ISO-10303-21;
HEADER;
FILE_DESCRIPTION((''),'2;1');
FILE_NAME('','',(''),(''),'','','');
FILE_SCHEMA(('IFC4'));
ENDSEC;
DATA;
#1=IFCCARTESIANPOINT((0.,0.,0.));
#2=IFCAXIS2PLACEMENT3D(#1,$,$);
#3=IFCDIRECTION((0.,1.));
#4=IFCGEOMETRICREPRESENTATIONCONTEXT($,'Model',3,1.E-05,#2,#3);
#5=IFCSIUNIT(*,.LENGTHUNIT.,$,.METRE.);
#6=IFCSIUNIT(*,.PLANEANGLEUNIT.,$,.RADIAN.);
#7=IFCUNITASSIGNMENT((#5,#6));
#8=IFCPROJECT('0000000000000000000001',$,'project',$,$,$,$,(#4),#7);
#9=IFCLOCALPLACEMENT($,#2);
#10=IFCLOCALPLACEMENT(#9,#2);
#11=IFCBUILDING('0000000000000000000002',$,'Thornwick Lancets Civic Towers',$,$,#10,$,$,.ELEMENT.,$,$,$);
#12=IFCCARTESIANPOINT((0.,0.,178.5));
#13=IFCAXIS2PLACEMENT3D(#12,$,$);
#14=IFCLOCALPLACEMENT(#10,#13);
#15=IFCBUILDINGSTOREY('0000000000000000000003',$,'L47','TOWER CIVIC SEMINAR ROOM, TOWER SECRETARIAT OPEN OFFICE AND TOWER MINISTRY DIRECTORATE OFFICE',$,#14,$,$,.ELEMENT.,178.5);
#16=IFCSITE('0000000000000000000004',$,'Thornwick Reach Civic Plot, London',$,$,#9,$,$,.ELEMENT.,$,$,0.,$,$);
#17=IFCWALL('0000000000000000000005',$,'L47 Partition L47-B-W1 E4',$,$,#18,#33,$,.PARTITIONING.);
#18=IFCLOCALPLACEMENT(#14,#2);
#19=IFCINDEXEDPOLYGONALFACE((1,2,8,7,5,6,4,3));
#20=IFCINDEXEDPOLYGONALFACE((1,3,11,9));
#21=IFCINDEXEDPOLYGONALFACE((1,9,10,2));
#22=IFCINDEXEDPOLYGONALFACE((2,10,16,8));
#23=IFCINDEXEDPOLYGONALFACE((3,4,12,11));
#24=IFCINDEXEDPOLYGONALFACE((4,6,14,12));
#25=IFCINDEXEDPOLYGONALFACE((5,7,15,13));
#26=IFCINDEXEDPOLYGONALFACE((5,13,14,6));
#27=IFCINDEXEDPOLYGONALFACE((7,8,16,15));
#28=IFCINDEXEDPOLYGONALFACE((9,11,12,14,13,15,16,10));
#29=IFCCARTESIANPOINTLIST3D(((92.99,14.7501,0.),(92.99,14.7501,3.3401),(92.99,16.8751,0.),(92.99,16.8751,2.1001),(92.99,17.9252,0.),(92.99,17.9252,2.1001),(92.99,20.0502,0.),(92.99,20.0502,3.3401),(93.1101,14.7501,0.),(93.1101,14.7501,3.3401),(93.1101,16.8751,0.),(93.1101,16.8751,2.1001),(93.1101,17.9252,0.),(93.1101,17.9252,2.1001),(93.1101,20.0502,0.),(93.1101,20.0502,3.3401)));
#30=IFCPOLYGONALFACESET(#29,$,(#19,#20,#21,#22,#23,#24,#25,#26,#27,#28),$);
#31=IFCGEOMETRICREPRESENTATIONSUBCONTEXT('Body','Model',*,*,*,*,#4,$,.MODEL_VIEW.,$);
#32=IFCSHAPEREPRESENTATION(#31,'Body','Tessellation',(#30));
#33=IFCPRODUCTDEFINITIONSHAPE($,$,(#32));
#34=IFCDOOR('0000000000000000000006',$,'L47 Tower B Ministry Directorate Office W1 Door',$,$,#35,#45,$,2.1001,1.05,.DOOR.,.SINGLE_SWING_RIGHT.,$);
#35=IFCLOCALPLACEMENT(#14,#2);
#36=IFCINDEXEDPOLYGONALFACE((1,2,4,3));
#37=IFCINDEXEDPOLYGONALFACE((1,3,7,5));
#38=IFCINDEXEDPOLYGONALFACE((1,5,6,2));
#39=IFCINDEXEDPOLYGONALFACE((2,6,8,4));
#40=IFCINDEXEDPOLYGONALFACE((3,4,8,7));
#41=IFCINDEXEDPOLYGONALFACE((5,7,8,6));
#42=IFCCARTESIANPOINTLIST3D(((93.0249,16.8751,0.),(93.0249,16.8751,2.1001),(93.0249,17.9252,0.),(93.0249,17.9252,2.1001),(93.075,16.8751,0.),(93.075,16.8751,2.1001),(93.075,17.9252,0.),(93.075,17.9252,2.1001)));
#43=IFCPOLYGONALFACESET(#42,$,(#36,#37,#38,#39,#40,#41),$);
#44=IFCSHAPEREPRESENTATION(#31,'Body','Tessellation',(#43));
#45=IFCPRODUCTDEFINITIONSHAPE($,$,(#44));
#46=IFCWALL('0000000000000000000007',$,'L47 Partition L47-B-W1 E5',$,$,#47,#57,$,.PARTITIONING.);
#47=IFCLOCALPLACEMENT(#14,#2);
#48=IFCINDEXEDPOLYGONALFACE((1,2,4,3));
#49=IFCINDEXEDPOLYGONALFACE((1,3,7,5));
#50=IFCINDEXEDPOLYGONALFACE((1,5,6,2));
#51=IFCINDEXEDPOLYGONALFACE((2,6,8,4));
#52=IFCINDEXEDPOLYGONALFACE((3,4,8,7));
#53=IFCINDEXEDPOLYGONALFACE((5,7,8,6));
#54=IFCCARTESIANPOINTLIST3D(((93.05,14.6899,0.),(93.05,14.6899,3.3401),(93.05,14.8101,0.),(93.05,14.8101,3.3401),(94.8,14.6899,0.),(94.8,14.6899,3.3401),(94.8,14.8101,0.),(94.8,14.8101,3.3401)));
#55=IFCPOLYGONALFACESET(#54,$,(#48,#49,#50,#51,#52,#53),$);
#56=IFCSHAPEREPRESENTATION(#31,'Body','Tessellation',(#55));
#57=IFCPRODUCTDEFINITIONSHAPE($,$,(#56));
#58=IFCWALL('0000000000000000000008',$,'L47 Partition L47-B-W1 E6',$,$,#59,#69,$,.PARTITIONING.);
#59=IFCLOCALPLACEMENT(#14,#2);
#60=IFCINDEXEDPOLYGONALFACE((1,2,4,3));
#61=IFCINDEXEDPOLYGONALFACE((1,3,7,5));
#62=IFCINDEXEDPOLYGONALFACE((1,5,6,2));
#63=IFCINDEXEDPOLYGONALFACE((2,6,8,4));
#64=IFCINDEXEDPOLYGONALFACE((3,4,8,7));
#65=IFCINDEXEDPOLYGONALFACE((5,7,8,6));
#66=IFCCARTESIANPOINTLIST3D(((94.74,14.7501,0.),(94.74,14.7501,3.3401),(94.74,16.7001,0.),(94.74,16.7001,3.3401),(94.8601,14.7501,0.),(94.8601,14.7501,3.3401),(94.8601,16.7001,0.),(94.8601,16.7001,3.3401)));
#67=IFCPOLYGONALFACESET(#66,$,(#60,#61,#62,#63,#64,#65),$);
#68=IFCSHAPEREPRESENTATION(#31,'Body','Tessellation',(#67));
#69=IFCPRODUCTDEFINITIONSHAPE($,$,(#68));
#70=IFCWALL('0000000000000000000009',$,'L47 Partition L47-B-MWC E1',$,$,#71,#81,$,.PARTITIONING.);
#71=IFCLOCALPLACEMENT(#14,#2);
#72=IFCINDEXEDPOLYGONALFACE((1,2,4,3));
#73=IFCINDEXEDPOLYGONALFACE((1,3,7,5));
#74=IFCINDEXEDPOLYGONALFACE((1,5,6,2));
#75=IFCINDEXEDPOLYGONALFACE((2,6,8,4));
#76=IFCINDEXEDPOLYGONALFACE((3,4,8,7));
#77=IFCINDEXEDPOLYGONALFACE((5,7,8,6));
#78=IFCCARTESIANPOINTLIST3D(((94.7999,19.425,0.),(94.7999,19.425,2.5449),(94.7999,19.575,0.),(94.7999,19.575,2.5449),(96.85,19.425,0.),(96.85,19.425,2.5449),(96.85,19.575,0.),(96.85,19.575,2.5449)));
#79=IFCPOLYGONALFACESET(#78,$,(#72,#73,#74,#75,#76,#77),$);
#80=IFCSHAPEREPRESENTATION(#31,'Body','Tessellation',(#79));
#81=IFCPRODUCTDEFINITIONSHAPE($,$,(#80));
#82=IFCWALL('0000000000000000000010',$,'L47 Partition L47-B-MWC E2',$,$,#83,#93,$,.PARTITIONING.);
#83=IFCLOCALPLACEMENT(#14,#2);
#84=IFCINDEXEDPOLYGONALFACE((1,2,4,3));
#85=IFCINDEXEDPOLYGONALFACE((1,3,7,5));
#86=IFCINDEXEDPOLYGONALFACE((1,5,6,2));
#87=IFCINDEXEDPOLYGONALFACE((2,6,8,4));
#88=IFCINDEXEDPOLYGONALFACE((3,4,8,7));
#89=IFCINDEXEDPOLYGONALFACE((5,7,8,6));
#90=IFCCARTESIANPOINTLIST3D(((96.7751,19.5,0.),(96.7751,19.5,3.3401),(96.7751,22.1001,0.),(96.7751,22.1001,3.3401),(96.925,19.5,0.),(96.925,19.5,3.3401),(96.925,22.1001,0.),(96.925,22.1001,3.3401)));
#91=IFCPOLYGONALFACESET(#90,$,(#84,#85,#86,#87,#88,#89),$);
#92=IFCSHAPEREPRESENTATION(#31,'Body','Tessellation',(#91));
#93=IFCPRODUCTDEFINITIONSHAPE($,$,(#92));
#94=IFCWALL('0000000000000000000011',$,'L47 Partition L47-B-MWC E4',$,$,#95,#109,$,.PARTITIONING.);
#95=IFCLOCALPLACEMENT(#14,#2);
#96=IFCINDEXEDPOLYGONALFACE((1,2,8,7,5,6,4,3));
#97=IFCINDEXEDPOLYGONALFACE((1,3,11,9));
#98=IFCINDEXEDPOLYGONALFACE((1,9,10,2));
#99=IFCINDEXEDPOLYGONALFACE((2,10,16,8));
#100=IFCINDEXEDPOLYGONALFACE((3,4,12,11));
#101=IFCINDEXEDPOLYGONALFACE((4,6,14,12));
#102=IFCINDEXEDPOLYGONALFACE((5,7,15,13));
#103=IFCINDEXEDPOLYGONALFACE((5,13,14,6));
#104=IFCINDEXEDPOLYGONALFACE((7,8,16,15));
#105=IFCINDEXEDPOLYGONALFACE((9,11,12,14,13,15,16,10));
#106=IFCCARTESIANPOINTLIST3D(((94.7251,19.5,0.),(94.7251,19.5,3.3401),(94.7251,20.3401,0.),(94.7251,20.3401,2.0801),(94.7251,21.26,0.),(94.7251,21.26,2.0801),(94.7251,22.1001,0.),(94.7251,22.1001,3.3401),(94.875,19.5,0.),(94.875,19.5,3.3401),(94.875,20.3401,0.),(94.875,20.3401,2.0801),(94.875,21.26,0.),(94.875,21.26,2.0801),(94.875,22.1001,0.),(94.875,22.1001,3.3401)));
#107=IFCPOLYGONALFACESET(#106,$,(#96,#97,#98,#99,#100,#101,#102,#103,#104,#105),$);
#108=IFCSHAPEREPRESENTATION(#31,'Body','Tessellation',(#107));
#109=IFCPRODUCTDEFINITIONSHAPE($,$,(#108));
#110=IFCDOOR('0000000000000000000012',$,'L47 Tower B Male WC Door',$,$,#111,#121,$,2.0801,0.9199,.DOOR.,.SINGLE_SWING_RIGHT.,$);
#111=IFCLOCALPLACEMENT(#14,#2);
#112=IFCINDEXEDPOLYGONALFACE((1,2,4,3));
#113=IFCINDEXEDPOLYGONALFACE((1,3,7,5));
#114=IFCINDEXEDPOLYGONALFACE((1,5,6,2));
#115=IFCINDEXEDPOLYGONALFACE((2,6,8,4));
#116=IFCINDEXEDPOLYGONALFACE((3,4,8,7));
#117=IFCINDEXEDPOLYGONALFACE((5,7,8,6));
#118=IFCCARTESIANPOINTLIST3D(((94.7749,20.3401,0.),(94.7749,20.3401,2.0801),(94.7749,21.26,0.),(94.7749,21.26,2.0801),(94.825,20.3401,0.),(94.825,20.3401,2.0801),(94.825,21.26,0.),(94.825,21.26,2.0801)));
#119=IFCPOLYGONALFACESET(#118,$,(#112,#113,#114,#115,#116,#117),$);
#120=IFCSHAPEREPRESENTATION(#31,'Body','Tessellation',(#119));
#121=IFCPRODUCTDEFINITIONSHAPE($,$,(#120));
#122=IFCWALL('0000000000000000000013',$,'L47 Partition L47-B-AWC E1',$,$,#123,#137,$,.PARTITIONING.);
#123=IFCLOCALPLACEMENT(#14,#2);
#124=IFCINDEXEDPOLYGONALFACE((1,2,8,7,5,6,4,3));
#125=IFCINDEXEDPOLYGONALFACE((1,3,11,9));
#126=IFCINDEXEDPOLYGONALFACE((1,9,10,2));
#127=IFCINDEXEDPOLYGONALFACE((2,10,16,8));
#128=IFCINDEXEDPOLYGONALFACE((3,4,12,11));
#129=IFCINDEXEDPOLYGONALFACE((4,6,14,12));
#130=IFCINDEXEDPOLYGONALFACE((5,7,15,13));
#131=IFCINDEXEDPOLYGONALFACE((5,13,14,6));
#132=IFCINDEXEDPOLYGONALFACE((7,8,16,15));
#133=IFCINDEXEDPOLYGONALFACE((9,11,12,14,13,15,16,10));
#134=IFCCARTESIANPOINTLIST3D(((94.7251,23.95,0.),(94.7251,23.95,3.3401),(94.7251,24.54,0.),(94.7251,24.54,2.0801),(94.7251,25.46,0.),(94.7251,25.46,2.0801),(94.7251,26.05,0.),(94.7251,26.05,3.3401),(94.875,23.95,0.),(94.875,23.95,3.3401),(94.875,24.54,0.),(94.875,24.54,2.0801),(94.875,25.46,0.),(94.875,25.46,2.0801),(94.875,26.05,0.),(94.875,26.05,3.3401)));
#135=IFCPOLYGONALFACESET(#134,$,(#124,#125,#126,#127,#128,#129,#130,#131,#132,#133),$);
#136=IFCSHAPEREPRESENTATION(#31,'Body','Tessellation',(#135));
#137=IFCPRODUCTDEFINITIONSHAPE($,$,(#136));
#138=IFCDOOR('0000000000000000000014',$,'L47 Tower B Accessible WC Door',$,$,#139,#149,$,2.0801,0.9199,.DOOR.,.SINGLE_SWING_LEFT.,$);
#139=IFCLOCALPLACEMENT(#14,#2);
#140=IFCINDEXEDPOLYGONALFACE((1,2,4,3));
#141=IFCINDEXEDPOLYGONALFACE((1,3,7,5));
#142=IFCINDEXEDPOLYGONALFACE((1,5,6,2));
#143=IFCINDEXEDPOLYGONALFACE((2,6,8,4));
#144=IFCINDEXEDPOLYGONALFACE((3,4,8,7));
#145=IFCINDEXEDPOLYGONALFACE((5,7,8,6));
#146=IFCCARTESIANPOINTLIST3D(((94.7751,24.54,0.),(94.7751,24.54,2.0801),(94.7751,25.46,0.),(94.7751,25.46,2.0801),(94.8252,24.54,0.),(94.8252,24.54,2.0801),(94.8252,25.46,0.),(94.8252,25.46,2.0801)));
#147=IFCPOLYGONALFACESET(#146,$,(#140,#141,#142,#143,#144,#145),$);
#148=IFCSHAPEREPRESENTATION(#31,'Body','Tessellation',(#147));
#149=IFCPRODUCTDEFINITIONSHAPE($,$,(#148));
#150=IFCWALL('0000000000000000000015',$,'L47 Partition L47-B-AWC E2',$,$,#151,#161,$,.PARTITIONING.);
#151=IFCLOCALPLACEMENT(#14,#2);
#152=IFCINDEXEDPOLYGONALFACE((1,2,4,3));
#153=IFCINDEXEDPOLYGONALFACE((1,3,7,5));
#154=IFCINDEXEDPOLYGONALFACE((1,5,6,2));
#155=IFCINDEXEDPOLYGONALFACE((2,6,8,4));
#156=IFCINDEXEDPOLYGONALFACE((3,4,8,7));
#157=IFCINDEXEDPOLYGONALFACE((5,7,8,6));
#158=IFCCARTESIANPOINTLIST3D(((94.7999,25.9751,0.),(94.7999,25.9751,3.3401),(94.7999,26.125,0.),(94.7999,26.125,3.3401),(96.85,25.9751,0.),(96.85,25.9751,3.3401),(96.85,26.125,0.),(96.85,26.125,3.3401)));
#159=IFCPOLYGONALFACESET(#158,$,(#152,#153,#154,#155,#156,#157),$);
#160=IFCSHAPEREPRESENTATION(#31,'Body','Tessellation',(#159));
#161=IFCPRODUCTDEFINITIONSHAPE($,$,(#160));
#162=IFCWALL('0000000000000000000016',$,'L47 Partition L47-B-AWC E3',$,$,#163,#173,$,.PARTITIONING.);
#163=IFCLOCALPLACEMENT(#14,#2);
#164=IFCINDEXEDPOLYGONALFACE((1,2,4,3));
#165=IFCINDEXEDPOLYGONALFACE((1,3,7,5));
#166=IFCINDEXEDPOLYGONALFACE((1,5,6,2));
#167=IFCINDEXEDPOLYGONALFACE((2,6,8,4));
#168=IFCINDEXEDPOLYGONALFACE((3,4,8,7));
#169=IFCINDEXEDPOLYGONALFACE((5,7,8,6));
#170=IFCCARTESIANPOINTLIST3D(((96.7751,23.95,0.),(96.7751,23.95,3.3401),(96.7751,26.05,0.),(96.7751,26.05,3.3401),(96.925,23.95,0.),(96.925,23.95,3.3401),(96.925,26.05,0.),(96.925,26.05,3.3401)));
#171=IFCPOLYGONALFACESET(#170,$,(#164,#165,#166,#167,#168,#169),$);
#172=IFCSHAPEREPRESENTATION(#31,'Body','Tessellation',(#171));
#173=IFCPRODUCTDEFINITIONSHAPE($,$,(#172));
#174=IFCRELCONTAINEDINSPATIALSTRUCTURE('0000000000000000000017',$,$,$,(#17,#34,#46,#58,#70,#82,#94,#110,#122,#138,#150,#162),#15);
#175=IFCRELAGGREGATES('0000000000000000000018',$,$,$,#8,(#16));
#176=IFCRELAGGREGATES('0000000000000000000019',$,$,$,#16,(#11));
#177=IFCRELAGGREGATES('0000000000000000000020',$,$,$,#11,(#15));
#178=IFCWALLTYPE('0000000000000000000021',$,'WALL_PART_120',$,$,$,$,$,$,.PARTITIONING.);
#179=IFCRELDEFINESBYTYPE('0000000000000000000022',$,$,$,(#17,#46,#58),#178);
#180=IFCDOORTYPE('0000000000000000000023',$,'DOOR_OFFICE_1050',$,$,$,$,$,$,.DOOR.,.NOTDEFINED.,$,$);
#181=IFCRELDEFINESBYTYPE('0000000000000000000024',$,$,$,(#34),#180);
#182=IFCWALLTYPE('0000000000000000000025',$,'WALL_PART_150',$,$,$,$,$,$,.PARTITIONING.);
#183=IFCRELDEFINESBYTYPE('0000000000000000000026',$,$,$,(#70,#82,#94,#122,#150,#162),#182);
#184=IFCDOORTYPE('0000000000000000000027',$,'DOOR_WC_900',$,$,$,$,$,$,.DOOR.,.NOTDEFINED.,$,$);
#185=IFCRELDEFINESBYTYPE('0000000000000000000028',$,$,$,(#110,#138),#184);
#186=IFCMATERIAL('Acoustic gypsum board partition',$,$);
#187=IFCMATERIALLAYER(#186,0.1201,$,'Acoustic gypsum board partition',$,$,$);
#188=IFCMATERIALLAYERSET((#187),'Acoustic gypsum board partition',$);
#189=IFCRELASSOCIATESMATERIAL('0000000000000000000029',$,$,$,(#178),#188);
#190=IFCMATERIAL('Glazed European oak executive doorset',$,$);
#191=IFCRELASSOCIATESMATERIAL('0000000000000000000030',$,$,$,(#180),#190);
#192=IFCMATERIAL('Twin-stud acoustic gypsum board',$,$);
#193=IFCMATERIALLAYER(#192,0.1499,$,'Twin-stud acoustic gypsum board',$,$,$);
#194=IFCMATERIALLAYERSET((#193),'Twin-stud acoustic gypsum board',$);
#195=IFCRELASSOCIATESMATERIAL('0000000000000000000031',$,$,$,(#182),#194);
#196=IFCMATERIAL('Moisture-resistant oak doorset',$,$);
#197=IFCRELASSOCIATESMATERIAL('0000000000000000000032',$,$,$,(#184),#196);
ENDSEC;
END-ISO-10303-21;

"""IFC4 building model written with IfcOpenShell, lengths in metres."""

from ifc_helpers import new_model, si_unit, direction, frame, frame_2d, origin, place, context, subcontext, project, spatial, rectangle, extrude, material, layer, layer_set, type_object, element, fill, save


model = new_model("IFC4")

# Units and contexts
model_context = context("Model", 3, precision=1e-05, world=origin(), true_north=direction((0.0, 1.0)))
body_context = subcontext(model_context, "Body", "Model", "MODEL_VIEW")
ifc_project = project(units=[si_unit("LENGTHUNIT", "METRE"), si_unit("PLANEANGLEUNIT", "RADIAN")], contexts=[model_context])

# Site, building, storey
site_placement = place(None, origin())
site = spatial("IfcSite", under=ifc_project, at=site_placement, Name="Thornwick Reach Civic Plot, London", CompositionType="ELEMENT", RefElevation=0.0)
building_placement = place(site_placement, origin())
building = spatial("IfcBuilding", under=site, at=building_placement, Name="Thornwick Lancets Civic Towers", CompositionType="ELEMENT")
storey_placement = place(building_placement, frame((0.0, 0.0, 178.5)))
storey = spatial("IfcBuildingStorey", under=building, at=storey_placement, Name="L47", Description="TOWER CIVIC SEMINAR ROOM, TOWER SECRETARIAT OPEN OFFICE AND TOWER MINISTRY DIRECTORATE OFFICE", CompositionType="ELEMENT", Elevation=178.5)

# Shared definitions
ifc_material_1 = material(Name="Acoustic gypsum board partition")
ifc_layer_1 = layer(ifc_material_1, 0.1201, Name="Acoustic gypsum board partition")
ifc_layer_set_1 = layer_set([ifc_layer_1], Name="Acoustic gypsum board partition")
wall_type_1 = type_object("IfcWallType", Name="WALL_PART_120", PredefinedType="PARTITIONING", material=ifc_layer_set_1)

# Wall, opening, door
wall_1_placement = place(storey_placement, frame((93.05, 20.05, 0.0), z_axis=(0.0, 0.0, 1.0), x_axis=(0.0, -1.0, 0.0)))
wall_1 = element("IfcWall", 1, at=wall_1_placement, inside=storey, type_object=wall_type_1, Name="L47 Partition L47-B-W1 E4", PredefinedType="PARTITIONING", context=body_context, shape_type="SweptSolid", body=[
    extrude(rectangle(XDim=5.3, YDim=0.1201, at=frame_2d((2.6499, 0.0))), origin(), (0.0, 0.0, 1.0), 3.3401),
])
opening_1_placement = place(wall_1_placement, frame((2.125, 0.0, 0.0)))
opening_1 = element("IfcOpeningElement", 2, at=opening_1_placement, cuts=wall_1, PredefinedType="OPENING", context=body_context, shape_type="SweptSolid", body=[
    extrude(rectangle(XDim=1.05, YDim=2.1001, at=frame_2d((0.5249, 1.05))), frame((0.0, 0.0701, 0.0), z_axis=(0.0, -1.0, 0.0), x_axis=(1.0, 0.0, 0.0)), (0.0, 0.0, 1.0), 0.1401),
])
ifc_material_2 = material(Name="Glazed European oak executive doorset")
door_type_1 = type_object("IfcDoorType", Name="DOOR_OFFICE_1050", OperationType="NOTDEFINED", PredefinedType="DOOR", material=ifc_material_2)
door_1_placement = place(opening_1_placement, origin())
door_1 = element("IfcDoor", 3, at=door_1_placement, inside=storey, type_object=door_type_1, Name="L47 Tower B Ministry Directorate Office W1 Door", OperationType="SINGLE_SWING_RIGHT", OverallHeight=2.1001, OverallWidth=1.05, PredefinedType="DOOR", context=body_context, shape_type="SweptSolid", body=[
    extrude(rectangle(XDim=1.05, YDim=2.1001, at=frame_2d((0.5249, 1.05))), frame((0.0, 0.0249, 0.0), z_axis=(0.0, -1.0, 0.0), x_axis=(1.0, 0.0, 0.0)), (0.0, 0.0, 1.0), 0.05),
])
fill(opening_1, door_1)

# Walls
wall_2_placement = place(storey_placement, frame((93.05, 14.75, 0.0), z_axis=(0.0, 0.0, 1.0), x_axis=(1.0, 0.0, 0.0)))
element("IfcWall", 4, at=wall_2_placement, inside=storey, type_object=wall_type_1, Name="L47 Partition L47-B-W1 E5", PredefinedType="PARTITIONING", context=body_context, shape_type="SweptSolid", body=[
    extrude(rectangle(XDim=1.75, YDim=0.1201, at=frame_2d((0.875, 0.0))), origin(), (0.0, 0.0, 1.0), 3.3401),
])
wall_3_placement = place(storey_placement, frame((94.8, 14.75, 0.0), z_axis=(0.0, 0.0, 1.0), x_axis=(0.0, 1.0, 0.0)))
element("IfcWall", 5, at=wall_3_placement, inside=storey, type_object=wall_type_1, Name="L47 Partition L47-B-W1 E6", PredefinedType="PARTITIONING", context=body_context, shape_type="SweptSolid", body=[
    extrude(rectangle(XDim=1.95, YDim=0.1201, at=frame_2d((0.9751, 0.0))), origin(), (0.0, 0.0, 1.0), 3.3401),
])
ifc_material_3 = material(Name="Twin-stud acoustic gypsum board")
ifc_layer_2 = layer(ifc_material_3, 0.1499, Name="Twin-stud acoustic gypsum board")
ifc_layer_set_2 = layer_set([ifc_layer_2], Name="Twin-stud acoustic gypsum board")
wall_type_2 = type_object("IfcWallType", Name="WALL_PART_150", PredefinedType="PARTITIONING", material=ifc_layer_set_2)
wall_4_placement = place(storey_placement, frame((94.8, 19.5, 0.0), z_axis=(0.0, 0.0, 1.0), x_axis=(1.0, 0.0, 0.0)))
element("IfcWall", 6, at=wall_4_placement, inside=storey, type_object=wall_type_2, Name="L47 Partition L47-B-MWC E1", PredefinedType="PARTITIONING", context=body_context, shape_type="SweptSolid", body=[
    extrude(rectangle(XDim=2.05, YDim=0.1499, at=frame_2d((1.0249, 0.0))), origin(), (0.0, 0.0, 1.0), 2.5449),
])
wall_5_placement = place(storey_placement, frame((96.8501, 19.5, 0.0), z_axis=(0.0, 0.0, 1.0), x_axis=(0.0, 1.0, 0.0)))
element("IfcWall", 7, at=wall_5_placement, inside=storey, type_object=wall_type_2, Name="L47 Partition L47-B-MWC E2", PredefinedType="PARTITIONING", context=body_context, shape_type="SweptSolid", body=[
    extrude(rectangle(XDim=2.6001, YDim=0.1499, at=frame_2d((1.3, 0.0))), origin(), (0.0, 0.0, 1.0), 3.3401),
])

# Walls, openings, doors
wall_6_placement = place(storey_placement, frame((94.8, 22.1001, 0.0), z_axis=(0.0, 0.0, 1.0), x_axis=(0.0, -1.0, 0.0)))
wall_6 = element("IfcWall", 8, at=wall_6_placement, inside=storey, type_object=wall_type_2, Name="L47 Partition L47-B-MWC E4", PredefinedType="PARTITIONING", context=body_context, shape_type="SweptSolid", body=[
    extrude(rectangle(XDim=2.6001, YDim=0.1499, at=frame_2d((1.3, 0.0))), origin(), (0.0, 0.0, 1.0), 3.3401),
])
opening_2_placement = place(wall_6_placement, frame((0.8401, 0.0, 0.0)))
opening_2 = element("IfcOpeningElement", 9, at=opening_2_placement, cuts=wall_6, PredefinedType="OPENING", context=body_context, shape_type="SweptSolid", body=[
    extrude(rectangle(XDim=0.9199, YDim=2.0801, at=frame_2d((0.46, 1.04))), frame((0.0, 0.085, 0.0), z_axis=(0.0, -1.0, 0.0), x_axis=(1.0, 0.0, 0.0)), (0.0, 0.0, 1.0), 0.1699),
])
ifc_material_4 = material(Name="Moisture-resistant oak doorset")
door_type_2 = type_object("IfcDoorType", Name="DOOR_WC_900", OperationType="NOTDEFINED", PredefinedType="DOOR", material=ifc_material_4)
door_2_placement = place(opening_2_placement, origin())
door_2 = element("IfcDoor", 10, at=door_2_placement, inside=storey, type_object=door_type_2, Name="L47 Tower B Male WC Door", OperationType="SINGLE_SWING_RIGHT", OverallHeight=2.0801, OverallWidth=0.9199, PredefinedType="DOOR", context=body_context, shape_type="SweptSolid", body=[
    extrude(rectangle(XDim=0.9199, YDim=2.0801, at=frame_2d((0.46, 1.04))), frame((0.0, 0.0249, 0.0), z_axis=(0.0, -1.0, 0.0), x_axis=(1.0, 0.0, 0.0)), (0.0, 0.0, 1.0), 0.05),
])
fill(opening_2, door_2)
wall_7_placement = place(storey_placement, frame((94.8, 23.95, 0.0), z_axis=(0.0, 0.0, 1.0), x_axis=(0.0, 1.0, 0.0)))
wall_7 = element("IfcWall", 11, at=wall_7_placement, inside=storey, type_object=wall_type_2, Name="L47 Partition L47-B-AWC E1", PredefinedType="PARTITIONING", context=body_context, shape_type="SweptSolid", body=[
    extrude(rectangle(XDim=2.1001, YDim=0.1499, at=frame_2d((1.05, 0.0))), origin(), (0.0, 0.0, 1.0), 3.3401),
])
opening_3_placement = place(wall_7_placement, frame((0.5901, 0.0, 0.0)))
opening_3 = element("IfcOpeningElement", 12, at=opening_3_placement, cuts=wall_7, PredefinedType="OPENING", context=body_context, shape_type="SweptSolid", body=[
    extrude(rectangle(XDim=0.9199, YDim=2.0801, at=frame_2d((0.46, 1.04))), frame((0.0, 0.085, 0.0), z_axis=(0.0, -1.0, 0.0), x_axis=(1.0, 0.0, 0.0)), (0.0, 0.0, 1.0), 0.1699),
])
door_3_placement = place(opening_3_placement, origin())
door_3 = element("IfcDoor", 13, at=door_3_placement, inside=storey, type_object=door_type_2, Name="L47 Tower B Accessible WC Door", OperationType="SINGLE_SWING_LEFT", OverallHeight=2.0801, OverallWidth=0.9199, PredefinedType="DOOR", context=body_context, shape_type="SweptSolid", body=[
    extrude(rectangle(XDim=0.9199, YDim=2.0801, at=frame_2d((0.46, 1.04))), frame((0.0, 0.0249, 0.0), z_axis=(0.0, -1.0, 0.0), x_axis=(1.0, 0.0, 0.0)), (0.0, 0.0, 1.0), 0.05),
])
fill(opening_3, door_3)

# Walls
wall_8_placement = place(storey_placement, frame((94.8, 26.05, 0.0), z_axis=(0.0, 0.0, 1.0), x_axis=(1.0, 0.0, 0.0)))
element("IfcWall", 14, at=wall_8_placement, inside=storey, type_object=wall_type_2, Name="L47 Partition L47-B-AWC E2", PredefinedType="PARTITIONING", context=body_context, shape_type="SweptSolid", body=[
    extrude(rectangle(XDim=2.05, YDim=0.1499, at=frame_2d((1.0249, 0.0))), origin(), (0.0, 0.0, 1.0), 3.3401),
])
wall_9_placement = place(storey_placement, frame((96.8501, 26.05, 0.0), z_axis=(0.0, 0.0, 1.0), x_axis=(0.0, -1.0, 0.0)))
element("IfcWall", 15, at=wall_9_placement, inside=storey, type_object=wall_type_2, Name="L47 Partition L47-B-AWC E3", PredefinedType="PARTITIONING", context=body_context, shape_type="SweptSolid", body=[
    extrude(rectangle(XDim=2.1001, YDim=0.1499, at=frame_2d((1.05, 0.0))), origin(), (0.0, 0.0, 1.0), 3.3401),
])

save(model, "model.ifc")
